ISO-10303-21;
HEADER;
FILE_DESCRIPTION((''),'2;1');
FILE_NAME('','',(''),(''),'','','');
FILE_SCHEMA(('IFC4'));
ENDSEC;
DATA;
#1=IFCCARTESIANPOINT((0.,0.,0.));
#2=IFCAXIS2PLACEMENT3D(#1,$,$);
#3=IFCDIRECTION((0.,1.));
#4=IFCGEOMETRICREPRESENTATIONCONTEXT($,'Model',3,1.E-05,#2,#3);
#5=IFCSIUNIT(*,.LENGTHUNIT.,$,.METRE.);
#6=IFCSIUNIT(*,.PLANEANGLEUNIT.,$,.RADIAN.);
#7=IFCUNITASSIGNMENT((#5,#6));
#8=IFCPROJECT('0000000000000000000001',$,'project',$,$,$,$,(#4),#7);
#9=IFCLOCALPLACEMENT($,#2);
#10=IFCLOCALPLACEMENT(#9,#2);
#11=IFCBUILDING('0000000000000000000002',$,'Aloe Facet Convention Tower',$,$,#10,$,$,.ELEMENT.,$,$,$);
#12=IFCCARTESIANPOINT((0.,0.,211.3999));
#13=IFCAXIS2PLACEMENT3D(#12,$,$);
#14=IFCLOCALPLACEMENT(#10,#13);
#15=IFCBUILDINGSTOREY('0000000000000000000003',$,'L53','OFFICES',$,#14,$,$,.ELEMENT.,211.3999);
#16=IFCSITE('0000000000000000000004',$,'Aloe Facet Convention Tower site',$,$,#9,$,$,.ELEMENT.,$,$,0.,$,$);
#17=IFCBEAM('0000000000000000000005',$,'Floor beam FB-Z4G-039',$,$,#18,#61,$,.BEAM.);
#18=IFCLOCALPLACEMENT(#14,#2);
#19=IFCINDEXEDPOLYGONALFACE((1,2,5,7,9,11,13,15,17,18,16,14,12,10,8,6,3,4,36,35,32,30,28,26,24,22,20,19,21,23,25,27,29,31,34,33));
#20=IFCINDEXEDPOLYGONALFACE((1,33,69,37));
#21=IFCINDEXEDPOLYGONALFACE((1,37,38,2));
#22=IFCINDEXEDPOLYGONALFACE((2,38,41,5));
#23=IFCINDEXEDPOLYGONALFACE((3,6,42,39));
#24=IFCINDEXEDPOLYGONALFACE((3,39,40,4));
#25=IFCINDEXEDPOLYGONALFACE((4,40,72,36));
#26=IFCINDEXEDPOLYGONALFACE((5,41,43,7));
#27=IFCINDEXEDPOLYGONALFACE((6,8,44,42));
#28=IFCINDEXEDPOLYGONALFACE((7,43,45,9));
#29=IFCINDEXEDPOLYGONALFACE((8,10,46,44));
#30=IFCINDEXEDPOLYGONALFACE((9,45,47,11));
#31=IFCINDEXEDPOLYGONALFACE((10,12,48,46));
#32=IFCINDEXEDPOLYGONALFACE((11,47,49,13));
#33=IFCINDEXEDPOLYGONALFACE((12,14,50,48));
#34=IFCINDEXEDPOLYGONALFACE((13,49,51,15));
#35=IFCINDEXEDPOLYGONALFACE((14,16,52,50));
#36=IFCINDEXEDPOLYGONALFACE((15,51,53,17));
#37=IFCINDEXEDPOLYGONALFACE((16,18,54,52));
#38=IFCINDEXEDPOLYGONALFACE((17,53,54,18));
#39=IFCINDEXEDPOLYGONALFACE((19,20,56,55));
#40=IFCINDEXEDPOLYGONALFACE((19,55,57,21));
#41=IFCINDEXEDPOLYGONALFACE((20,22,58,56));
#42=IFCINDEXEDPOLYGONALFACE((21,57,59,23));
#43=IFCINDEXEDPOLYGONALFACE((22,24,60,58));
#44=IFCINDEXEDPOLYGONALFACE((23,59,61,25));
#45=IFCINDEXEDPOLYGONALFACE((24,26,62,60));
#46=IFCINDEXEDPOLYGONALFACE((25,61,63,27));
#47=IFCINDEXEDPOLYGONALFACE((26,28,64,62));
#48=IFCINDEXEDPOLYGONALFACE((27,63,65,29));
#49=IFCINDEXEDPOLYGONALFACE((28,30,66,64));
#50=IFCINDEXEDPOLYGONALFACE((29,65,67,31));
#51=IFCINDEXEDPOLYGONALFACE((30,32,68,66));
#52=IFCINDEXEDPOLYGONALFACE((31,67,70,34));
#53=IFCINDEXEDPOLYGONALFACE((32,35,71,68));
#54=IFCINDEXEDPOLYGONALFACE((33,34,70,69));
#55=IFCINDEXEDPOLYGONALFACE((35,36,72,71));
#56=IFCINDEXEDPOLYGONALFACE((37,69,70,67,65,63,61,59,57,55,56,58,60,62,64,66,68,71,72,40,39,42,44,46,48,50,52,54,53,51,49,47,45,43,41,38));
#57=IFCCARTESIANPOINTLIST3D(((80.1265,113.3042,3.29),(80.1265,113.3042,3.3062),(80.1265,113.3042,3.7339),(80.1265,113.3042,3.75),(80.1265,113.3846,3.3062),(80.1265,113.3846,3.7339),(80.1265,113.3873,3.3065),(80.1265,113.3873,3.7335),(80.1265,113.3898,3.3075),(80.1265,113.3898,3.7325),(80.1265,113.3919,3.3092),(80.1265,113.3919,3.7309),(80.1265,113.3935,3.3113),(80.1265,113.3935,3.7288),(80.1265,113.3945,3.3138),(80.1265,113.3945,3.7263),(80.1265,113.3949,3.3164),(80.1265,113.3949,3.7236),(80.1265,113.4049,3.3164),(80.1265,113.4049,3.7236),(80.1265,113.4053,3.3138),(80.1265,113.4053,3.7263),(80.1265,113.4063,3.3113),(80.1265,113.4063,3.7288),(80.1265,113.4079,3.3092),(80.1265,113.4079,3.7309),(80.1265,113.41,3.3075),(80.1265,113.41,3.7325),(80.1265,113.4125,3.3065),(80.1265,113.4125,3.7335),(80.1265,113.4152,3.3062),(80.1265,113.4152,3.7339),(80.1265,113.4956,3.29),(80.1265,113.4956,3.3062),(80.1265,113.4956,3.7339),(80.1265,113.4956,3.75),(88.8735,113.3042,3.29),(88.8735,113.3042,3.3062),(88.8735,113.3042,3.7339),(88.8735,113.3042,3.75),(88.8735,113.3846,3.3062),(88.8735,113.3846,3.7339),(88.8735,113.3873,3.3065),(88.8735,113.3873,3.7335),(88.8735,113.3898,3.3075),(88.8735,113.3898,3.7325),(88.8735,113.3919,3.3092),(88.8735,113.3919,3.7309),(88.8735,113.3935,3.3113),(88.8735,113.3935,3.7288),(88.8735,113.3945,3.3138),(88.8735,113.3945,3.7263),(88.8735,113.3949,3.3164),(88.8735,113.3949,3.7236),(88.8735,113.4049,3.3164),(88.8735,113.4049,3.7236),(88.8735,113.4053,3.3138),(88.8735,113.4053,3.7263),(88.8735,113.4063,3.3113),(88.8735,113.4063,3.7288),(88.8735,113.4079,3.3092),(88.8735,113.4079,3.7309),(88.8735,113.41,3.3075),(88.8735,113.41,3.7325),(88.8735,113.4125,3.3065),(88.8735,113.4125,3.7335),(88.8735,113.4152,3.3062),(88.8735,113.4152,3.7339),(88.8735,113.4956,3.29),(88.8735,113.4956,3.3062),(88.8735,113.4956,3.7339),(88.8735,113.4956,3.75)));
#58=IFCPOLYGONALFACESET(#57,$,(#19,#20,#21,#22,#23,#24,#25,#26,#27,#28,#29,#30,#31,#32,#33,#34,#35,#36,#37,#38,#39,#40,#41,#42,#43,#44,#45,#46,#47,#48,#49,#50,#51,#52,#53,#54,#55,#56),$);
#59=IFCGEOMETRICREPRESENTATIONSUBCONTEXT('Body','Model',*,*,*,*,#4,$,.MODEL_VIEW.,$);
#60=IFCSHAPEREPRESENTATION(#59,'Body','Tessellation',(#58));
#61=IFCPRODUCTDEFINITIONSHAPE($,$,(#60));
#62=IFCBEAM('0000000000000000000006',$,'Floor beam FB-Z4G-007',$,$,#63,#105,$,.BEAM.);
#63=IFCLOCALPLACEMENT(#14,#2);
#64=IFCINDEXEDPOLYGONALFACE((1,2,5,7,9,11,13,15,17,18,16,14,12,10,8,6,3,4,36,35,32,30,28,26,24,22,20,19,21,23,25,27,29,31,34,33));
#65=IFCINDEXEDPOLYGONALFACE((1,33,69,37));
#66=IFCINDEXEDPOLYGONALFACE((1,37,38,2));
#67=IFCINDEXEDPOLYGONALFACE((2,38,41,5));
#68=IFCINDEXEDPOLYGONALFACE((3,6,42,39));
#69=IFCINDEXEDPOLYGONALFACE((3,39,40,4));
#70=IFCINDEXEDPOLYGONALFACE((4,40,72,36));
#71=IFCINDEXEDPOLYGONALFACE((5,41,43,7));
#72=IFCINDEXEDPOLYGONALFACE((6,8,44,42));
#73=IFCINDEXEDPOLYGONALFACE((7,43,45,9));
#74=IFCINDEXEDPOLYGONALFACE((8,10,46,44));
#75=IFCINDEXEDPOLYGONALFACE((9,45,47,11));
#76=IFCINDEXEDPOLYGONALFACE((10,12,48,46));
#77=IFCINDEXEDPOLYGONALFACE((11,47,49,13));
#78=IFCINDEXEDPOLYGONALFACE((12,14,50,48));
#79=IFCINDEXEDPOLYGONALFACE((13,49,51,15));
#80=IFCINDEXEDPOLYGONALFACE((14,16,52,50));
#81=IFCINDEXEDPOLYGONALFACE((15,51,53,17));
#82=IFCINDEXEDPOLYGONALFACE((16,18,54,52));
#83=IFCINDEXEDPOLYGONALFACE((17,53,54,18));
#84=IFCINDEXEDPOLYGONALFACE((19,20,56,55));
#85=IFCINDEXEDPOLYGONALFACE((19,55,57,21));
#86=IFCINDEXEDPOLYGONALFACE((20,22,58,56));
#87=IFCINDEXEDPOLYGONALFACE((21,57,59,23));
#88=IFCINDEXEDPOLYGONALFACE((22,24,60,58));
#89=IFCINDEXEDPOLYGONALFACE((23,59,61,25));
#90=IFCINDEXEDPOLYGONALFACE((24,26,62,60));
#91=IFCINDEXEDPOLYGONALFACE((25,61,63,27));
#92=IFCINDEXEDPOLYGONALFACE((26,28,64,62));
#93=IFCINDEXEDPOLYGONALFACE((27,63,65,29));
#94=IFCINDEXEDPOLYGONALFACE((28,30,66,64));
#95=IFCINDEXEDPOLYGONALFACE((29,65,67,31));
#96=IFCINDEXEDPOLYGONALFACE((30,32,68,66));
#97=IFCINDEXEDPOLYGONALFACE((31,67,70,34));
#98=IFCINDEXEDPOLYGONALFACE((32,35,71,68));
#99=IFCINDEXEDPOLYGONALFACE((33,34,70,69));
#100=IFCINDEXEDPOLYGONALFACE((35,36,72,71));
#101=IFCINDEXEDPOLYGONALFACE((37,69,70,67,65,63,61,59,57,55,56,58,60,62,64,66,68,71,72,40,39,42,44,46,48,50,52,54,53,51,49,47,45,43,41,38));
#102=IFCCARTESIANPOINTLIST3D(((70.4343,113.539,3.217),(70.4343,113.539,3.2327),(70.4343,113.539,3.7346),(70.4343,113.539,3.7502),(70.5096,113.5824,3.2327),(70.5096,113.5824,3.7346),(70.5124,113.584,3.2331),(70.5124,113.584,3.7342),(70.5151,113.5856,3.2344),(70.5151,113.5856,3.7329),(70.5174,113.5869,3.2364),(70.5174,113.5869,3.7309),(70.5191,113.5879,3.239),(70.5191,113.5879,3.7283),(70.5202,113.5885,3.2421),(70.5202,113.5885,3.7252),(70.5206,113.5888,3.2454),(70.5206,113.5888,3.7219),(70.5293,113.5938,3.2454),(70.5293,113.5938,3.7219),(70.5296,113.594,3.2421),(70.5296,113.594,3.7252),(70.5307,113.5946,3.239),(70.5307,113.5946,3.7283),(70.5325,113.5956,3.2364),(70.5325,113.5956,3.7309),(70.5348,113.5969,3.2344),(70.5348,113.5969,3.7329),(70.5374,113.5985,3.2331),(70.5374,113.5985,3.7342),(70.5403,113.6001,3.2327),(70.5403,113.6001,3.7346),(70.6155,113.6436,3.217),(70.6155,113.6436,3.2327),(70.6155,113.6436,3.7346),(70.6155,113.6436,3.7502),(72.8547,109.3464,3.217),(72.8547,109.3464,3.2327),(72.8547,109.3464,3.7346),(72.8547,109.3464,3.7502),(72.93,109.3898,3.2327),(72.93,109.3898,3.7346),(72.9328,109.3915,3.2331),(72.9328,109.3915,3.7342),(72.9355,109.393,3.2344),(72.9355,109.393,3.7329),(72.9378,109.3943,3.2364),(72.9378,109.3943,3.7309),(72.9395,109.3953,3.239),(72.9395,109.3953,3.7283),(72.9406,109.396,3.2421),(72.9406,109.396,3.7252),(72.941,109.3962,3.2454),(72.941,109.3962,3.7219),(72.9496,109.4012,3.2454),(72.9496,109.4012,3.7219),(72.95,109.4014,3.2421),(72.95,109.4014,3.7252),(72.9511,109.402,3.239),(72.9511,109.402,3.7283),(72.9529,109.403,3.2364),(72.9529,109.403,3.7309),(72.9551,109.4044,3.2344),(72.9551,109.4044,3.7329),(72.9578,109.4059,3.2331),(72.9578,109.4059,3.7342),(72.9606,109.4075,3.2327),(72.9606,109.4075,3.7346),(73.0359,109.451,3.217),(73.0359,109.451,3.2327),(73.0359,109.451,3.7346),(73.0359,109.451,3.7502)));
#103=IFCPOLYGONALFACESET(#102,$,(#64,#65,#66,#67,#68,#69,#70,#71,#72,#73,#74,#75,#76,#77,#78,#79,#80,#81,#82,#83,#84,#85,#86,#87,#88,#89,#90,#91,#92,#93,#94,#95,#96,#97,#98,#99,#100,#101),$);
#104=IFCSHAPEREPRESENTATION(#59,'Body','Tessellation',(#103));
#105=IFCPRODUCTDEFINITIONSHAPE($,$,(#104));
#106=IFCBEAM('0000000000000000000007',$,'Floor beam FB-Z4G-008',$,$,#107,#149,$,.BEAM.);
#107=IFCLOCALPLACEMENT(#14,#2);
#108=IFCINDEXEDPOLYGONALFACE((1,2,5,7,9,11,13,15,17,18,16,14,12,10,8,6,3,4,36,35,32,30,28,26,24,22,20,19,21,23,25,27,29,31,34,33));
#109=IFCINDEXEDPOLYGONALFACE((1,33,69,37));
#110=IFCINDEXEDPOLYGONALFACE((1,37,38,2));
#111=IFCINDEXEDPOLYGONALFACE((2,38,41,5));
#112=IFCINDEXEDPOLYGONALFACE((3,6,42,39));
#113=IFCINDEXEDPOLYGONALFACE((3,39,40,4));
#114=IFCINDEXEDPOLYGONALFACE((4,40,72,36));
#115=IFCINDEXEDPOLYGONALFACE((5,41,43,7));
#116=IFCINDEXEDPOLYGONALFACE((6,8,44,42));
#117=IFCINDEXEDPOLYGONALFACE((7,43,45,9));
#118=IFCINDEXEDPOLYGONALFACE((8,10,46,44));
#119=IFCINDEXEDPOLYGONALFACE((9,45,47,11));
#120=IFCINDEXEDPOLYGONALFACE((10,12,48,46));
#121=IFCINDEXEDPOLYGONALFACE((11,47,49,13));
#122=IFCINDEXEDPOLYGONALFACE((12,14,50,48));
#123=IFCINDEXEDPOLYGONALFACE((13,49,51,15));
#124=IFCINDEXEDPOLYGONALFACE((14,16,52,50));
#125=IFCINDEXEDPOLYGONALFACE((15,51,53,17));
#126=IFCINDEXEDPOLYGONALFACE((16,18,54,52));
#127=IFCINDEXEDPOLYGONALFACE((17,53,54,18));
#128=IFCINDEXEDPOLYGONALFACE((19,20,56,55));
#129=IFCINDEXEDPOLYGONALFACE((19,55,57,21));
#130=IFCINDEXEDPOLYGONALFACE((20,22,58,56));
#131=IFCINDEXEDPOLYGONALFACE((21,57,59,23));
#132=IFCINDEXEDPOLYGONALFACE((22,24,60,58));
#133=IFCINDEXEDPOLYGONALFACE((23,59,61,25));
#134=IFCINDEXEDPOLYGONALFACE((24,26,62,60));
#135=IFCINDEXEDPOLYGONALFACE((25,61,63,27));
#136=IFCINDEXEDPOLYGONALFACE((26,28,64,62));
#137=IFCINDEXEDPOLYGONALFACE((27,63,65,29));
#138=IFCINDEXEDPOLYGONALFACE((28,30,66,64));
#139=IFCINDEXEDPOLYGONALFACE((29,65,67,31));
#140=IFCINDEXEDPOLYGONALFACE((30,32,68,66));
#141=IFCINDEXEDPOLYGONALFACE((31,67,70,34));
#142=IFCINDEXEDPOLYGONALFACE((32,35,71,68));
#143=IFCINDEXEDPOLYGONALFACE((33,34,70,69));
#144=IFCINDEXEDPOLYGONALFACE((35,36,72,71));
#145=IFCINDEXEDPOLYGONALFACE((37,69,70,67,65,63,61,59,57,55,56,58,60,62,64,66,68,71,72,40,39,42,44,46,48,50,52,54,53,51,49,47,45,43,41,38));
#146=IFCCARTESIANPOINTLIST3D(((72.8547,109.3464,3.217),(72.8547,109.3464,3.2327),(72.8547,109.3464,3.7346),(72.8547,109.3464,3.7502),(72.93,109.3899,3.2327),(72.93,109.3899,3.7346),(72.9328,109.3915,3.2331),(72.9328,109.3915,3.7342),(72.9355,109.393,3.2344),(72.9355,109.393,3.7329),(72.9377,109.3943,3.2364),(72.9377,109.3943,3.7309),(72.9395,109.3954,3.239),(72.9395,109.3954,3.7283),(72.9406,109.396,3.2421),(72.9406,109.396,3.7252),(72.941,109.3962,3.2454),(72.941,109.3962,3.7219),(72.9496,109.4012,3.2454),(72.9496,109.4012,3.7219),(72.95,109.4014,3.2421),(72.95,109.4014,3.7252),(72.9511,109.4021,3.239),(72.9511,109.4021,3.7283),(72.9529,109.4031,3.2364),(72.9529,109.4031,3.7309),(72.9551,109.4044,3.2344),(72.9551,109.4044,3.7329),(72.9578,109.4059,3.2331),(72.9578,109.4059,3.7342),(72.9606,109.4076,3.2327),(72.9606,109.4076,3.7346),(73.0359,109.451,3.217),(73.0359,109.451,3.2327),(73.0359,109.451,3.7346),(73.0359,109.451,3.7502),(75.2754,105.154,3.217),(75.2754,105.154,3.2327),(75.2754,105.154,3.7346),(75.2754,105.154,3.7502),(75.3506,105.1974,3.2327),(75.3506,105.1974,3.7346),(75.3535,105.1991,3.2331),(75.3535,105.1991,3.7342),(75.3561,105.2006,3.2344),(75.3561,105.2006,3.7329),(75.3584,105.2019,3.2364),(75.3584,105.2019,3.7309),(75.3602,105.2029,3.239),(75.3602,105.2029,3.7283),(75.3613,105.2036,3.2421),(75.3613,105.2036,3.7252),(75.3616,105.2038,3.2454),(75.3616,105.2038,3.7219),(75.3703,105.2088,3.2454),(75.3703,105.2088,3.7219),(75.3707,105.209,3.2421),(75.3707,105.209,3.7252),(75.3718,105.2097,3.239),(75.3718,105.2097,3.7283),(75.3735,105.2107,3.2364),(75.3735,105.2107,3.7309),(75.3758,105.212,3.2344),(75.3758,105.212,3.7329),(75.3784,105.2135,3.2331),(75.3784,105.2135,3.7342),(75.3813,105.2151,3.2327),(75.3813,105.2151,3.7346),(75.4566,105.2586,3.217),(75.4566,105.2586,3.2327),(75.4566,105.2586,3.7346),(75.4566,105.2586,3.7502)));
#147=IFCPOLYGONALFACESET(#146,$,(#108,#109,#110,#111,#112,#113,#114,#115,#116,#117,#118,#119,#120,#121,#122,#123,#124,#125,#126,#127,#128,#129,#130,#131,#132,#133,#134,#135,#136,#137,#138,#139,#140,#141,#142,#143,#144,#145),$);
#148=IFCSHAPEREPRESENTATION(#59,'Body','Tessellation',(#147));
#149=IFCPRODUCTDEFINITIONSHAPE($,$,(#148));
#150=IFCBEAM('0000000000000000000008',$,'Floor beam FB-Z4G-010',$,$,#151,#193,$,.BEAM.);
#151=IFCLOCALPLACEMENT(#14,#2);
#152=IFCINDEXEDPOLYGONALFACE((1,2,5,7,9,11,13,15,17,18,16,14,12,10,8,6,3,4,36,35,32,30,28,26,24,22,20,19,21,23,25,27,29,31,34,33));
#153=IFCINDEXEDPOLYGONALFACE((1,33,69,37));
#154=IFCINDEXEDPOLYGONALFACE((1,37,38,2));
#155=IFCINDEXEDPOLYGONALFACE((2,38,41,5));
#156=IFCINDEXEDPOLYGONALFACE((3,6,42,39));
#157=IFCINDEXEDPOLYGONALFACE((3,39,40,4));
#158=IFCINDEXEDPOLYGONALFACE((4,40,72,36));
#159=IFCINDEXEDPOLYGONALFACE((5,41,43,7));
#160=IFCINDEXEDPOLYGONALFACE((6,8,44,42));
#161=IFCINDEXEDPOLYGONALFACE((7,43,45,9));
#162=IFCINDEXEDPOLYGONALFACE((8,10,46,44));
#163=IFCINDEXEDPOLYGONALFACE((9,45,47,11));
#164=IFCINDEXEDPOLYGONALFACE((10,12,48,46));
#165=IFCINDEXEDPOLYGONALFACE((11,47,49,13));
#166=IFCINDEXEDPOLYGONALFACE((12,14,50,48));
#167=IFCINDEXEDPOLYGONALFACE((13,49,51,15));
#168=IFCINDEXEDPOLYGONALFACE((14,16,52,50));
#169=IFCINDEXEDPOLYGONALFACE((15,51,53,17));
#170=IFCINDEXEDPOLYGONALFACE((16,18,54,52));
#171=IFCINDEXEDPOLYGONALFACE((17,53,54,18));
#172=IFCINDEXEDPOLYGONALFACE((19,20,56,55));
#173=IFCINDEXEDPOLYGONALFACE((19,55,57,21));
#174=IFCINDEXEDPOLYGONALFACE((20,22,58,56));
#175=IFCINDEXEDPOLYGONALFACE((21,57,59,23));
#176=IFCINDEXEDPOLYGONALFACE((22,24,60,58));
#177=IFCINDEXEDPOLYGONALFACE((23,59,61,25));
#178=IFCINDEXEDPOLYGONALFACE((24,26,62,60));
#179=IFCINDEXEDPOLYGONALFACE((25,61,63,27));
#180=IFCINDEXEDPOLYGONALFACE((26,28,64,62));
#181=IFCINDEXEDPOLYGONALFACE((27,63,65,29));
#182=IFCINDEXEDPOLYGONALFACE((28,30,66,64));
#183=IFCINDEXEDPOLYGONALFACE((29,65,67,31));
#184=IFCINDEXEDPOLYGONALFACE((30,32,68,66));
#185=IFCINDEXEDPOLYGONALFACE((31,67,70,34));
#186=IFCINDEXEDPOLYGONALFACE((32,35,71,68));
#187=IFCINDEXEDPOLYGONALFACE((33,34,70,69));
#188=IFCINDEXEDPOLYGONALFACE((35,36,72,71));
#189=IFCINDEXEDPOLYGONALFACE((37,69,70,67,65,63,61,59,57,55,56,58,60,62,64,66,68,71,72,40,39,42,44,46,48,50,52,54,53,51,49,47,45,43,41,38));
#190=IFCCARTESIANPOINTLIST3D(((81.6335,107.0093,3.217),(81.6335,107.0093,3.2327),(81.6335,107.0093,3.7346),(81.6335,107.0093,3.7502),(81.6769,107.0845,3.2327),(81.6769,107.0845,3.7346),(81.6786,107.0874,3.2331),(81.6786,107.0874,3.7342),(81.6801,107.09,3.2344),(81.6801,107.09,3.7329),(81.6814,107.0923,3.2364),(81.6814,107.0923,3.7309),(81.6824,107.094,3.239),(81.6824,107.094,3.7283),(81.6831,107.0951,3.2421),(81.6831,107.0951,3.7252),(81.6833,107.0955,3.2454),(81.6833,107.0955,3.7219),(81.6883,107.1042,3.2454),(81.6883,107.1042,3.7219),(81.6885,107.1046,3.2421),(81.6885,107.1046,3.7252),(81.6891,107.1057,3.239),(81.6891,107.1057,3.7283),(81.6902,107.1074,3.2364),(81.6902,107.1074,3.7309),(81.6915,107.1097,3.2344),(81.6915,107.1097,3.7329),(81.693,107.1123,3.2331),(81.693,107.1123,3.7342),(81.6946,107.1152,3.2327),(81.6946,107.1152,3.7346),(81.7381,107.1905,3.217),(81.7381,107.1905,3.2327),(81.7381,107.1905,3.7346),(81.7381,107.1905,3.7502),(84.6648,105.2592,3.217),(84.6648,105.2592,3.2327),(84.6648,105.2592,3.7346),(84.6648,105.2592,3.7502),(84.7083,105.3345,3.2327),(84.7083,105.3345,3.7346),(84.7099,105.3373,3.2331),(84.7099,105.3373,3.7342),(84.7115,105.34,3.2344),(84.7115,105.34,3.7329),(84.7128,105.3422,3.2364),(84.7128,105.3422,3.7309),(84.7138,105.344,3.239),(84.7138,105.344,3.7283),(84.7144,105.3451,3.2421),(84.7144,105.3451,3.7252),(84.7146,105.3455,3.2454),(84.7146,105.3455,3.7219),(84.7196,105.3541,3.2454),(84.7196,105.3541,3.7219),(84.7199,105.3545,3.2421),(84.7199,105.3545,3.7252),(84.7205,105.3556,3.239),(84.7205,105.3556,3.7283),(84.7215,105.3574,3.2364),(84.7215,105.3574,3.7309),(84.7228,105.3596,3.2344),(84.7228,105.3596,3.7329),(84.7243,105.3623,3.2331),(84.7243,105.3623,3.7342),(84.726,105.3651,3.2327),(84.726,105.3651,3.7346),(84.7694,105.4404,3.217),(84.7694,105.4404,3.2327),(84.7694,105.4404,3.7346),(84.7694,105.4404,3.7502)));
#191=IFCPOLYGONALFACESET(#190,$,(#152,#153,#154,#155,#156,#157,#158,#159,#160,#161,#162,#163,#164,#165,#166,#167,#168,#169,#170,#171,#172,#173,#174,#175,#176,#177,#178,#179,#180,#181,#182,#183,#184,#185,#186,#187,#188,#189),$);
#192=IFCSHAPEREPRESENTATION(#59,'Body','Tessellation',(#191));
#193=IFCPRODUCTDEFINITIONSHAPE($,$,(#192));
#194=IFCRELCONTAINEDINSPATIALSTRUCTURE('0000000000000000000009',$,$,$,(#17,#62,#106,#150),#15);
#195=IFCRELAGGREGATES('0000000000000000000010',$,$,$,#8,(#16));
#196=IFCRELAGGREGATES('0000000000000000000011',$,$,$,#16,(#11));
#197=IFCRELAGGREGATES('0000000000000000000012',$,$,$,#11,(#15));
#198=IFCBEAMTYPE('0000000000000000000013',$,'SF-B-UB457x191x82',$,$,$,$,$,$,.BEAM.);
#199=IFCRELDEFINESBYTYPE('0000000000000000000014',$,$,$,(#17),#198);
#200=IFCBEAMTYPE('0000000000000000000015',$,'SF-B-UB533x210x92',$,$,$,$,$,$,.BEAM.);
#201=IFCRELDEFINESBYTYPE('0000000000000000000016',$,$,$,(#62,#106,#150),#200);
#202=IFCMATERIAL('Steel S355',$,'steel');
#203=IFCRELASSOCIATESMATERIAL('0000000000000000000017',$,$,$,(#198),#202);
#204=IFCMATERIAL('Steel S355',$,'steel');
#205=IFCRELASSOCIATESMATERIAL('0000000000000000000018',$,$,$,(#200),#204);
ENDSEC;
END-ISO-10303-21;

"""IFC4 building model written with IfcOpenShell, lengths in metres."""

from ifc_helpers import new_model, si_unit, direction, frame, origin, origin_2d, place, context, subcontext, project, spatial, i_section, extrude, material, material_profile, profile_set, type_object, element, save


model = new_model("IFC4")

# Units and contexts
model_context = context("Model", 3, precision=1e-05, world=origin(), true_north=direction((0.0, 1.0)))
body_context = subcontext(model_context, "Body", "Model", "MODEL_VIEW")
ifc_project = project(units=[si_unit("LENGTHUNIT", "METRE"), si_unit("PLANEANGLEUNIT", "RADIAN")], contexts=[model_context])

# Site, building, storey
site_placement = place(None, origin())
site = spatial("IfcSite", under=ifc_project, at=site_placement, Name="Aloe Facet Convention Tower site", CompositionType="ELEMENT", RefElevation=0.0)
building_placement = place(site_placement, origin())
building = spatial("IfcBuilding", under=site, at=building_placement, Name="Aloe Facet Convention Tower", CompositionType="ELEMENT")
storey_placement = place(building_placement, frame((0.0, 0.0, 211.3999)))
storey = spatial("IfcBuildingStorey", under=building, at=storey_placement, Name="L53", Description="OFFICES", CompositionType="ELEMENT", Elevation=211.3999)

# Beams
ifc_material_1 = material(Name="Steel S355", Category="steel")
ifc_material_profile_1 = material_profile(ifc_material_1, i_section(OverallWidth=0.1914, OverallDepth=0.46, WebThickness=0.01, FlangeThickness=0.0161, FilletRadius=0.0103, at=origin_2d()), Name="UB 457x191x82")
ifc_profile_set_1 = profile_set([ifc_material_profile_1], Name="Steel S355")
beam_type_1 = type_object("IfcBeamType", Name="SF-B-UB457x191x82", PredefinedType="BEAM", material=ifc_profile_set_1)
beam_1_placement = place(storey_placement, frame((80.1265, 113.3999, 3.52), z_axis=(1.0, 0.0, 0.0), x_axis=(0.0, 1.0, 0.0)))
element("IfcBeam", 1, at=beam_1_placement, inside=storey, type_object=beam_type_1, Name="Floor beam FB-Z4G-039", PredefinedType="BEAM", context=body_context, shape_type="SweptSolid", body=[
    extrude(i_section(OverallWidth=0.1914, OverallDepth=0.46, WebThickness=0.01, FlangeThickness=0.0161, FilletRadius=0.0103, at=origin_2d()), origin(), (0.0, 0.0, 1.0), 8.7471),
])
ifc_material_2 = material(Name="Steel S355", Category="steel")
ifc_material_profile_2 = material_profile(ifc_material_2, i_section(OverallWidth=0.2092, OverallDepth=0.5332, WebThickness=0.01, FlangeThickness=0.0156, FilletRadius=0.0127, at=origin_2d()), Name="UB 533x210x92")
ifc_profile_set_2 = profile_set([ifc_material_profile_2], Name="Steel S355")
beam_type_2 = type_object("IfcBeamType", Name="SF-B-UB533x210x92", PredefinedType="BEAM", material=ifc_profile_set_2)
for number, where, z_axis, x_axis, name in (
    (2, (72.9453, 109.3987, 3.4836), (-0.499968, 0.866044, 0.0), (-0.866044, -0.499968, 0.0), "Floor beam FB-Z4G-007"),
    (3, (75.366, 105.2063, 3.4836), (-0.500028, 0.866009, 0.0), (-0.866009, -0.500028, 0.0), "Floor beam FB-Z4G-008"),
):
    element("IfcBeam", number, at=place(storey_placement, frame(where, z_axis=z_axis, x_axis=x_axis)), inside=storey, type_object=beam_type_2, Name=name, PredefinedType="BEAM", context=body_context, shape_type="SweptSolid", body=[
        extrude(i_section(OverallWidth=0.2092, OverallDepth=0.5332, WebThickness=0.01, FlangeThickness=0.0156, FilletRadius=0.0127, at=origin_2d()), origin(), (0.0, 0.0, 1.0), 4.8411),
    ])
beam_2_placement = place(storey_placement, frame((81.6858, 107.0999, 3.4836), z_axis=(0.866037, -0.49998, 0.0), x_axis=(0.49998, 0.866037, 0.0)))
element("IfcBeam", 4, at=beam_2_placement, inside=storey, type_object=beam_type_2, Name="Floor beam FB-Z4G-010", PredefinedType="BEAM", context=body_context, shape_type="SweptSolid", body=[
    extrude(i_section(OverallWidth=0.2092, OverallDepth=0.5332, WebThickness=0.01, FlangeThickness=0.0156, FilletRadius=0.0127, at=origin_2d()), origin(), (0.0, 0.0, 1.0), 3.5002),
])

save(model, "model.ifc")
